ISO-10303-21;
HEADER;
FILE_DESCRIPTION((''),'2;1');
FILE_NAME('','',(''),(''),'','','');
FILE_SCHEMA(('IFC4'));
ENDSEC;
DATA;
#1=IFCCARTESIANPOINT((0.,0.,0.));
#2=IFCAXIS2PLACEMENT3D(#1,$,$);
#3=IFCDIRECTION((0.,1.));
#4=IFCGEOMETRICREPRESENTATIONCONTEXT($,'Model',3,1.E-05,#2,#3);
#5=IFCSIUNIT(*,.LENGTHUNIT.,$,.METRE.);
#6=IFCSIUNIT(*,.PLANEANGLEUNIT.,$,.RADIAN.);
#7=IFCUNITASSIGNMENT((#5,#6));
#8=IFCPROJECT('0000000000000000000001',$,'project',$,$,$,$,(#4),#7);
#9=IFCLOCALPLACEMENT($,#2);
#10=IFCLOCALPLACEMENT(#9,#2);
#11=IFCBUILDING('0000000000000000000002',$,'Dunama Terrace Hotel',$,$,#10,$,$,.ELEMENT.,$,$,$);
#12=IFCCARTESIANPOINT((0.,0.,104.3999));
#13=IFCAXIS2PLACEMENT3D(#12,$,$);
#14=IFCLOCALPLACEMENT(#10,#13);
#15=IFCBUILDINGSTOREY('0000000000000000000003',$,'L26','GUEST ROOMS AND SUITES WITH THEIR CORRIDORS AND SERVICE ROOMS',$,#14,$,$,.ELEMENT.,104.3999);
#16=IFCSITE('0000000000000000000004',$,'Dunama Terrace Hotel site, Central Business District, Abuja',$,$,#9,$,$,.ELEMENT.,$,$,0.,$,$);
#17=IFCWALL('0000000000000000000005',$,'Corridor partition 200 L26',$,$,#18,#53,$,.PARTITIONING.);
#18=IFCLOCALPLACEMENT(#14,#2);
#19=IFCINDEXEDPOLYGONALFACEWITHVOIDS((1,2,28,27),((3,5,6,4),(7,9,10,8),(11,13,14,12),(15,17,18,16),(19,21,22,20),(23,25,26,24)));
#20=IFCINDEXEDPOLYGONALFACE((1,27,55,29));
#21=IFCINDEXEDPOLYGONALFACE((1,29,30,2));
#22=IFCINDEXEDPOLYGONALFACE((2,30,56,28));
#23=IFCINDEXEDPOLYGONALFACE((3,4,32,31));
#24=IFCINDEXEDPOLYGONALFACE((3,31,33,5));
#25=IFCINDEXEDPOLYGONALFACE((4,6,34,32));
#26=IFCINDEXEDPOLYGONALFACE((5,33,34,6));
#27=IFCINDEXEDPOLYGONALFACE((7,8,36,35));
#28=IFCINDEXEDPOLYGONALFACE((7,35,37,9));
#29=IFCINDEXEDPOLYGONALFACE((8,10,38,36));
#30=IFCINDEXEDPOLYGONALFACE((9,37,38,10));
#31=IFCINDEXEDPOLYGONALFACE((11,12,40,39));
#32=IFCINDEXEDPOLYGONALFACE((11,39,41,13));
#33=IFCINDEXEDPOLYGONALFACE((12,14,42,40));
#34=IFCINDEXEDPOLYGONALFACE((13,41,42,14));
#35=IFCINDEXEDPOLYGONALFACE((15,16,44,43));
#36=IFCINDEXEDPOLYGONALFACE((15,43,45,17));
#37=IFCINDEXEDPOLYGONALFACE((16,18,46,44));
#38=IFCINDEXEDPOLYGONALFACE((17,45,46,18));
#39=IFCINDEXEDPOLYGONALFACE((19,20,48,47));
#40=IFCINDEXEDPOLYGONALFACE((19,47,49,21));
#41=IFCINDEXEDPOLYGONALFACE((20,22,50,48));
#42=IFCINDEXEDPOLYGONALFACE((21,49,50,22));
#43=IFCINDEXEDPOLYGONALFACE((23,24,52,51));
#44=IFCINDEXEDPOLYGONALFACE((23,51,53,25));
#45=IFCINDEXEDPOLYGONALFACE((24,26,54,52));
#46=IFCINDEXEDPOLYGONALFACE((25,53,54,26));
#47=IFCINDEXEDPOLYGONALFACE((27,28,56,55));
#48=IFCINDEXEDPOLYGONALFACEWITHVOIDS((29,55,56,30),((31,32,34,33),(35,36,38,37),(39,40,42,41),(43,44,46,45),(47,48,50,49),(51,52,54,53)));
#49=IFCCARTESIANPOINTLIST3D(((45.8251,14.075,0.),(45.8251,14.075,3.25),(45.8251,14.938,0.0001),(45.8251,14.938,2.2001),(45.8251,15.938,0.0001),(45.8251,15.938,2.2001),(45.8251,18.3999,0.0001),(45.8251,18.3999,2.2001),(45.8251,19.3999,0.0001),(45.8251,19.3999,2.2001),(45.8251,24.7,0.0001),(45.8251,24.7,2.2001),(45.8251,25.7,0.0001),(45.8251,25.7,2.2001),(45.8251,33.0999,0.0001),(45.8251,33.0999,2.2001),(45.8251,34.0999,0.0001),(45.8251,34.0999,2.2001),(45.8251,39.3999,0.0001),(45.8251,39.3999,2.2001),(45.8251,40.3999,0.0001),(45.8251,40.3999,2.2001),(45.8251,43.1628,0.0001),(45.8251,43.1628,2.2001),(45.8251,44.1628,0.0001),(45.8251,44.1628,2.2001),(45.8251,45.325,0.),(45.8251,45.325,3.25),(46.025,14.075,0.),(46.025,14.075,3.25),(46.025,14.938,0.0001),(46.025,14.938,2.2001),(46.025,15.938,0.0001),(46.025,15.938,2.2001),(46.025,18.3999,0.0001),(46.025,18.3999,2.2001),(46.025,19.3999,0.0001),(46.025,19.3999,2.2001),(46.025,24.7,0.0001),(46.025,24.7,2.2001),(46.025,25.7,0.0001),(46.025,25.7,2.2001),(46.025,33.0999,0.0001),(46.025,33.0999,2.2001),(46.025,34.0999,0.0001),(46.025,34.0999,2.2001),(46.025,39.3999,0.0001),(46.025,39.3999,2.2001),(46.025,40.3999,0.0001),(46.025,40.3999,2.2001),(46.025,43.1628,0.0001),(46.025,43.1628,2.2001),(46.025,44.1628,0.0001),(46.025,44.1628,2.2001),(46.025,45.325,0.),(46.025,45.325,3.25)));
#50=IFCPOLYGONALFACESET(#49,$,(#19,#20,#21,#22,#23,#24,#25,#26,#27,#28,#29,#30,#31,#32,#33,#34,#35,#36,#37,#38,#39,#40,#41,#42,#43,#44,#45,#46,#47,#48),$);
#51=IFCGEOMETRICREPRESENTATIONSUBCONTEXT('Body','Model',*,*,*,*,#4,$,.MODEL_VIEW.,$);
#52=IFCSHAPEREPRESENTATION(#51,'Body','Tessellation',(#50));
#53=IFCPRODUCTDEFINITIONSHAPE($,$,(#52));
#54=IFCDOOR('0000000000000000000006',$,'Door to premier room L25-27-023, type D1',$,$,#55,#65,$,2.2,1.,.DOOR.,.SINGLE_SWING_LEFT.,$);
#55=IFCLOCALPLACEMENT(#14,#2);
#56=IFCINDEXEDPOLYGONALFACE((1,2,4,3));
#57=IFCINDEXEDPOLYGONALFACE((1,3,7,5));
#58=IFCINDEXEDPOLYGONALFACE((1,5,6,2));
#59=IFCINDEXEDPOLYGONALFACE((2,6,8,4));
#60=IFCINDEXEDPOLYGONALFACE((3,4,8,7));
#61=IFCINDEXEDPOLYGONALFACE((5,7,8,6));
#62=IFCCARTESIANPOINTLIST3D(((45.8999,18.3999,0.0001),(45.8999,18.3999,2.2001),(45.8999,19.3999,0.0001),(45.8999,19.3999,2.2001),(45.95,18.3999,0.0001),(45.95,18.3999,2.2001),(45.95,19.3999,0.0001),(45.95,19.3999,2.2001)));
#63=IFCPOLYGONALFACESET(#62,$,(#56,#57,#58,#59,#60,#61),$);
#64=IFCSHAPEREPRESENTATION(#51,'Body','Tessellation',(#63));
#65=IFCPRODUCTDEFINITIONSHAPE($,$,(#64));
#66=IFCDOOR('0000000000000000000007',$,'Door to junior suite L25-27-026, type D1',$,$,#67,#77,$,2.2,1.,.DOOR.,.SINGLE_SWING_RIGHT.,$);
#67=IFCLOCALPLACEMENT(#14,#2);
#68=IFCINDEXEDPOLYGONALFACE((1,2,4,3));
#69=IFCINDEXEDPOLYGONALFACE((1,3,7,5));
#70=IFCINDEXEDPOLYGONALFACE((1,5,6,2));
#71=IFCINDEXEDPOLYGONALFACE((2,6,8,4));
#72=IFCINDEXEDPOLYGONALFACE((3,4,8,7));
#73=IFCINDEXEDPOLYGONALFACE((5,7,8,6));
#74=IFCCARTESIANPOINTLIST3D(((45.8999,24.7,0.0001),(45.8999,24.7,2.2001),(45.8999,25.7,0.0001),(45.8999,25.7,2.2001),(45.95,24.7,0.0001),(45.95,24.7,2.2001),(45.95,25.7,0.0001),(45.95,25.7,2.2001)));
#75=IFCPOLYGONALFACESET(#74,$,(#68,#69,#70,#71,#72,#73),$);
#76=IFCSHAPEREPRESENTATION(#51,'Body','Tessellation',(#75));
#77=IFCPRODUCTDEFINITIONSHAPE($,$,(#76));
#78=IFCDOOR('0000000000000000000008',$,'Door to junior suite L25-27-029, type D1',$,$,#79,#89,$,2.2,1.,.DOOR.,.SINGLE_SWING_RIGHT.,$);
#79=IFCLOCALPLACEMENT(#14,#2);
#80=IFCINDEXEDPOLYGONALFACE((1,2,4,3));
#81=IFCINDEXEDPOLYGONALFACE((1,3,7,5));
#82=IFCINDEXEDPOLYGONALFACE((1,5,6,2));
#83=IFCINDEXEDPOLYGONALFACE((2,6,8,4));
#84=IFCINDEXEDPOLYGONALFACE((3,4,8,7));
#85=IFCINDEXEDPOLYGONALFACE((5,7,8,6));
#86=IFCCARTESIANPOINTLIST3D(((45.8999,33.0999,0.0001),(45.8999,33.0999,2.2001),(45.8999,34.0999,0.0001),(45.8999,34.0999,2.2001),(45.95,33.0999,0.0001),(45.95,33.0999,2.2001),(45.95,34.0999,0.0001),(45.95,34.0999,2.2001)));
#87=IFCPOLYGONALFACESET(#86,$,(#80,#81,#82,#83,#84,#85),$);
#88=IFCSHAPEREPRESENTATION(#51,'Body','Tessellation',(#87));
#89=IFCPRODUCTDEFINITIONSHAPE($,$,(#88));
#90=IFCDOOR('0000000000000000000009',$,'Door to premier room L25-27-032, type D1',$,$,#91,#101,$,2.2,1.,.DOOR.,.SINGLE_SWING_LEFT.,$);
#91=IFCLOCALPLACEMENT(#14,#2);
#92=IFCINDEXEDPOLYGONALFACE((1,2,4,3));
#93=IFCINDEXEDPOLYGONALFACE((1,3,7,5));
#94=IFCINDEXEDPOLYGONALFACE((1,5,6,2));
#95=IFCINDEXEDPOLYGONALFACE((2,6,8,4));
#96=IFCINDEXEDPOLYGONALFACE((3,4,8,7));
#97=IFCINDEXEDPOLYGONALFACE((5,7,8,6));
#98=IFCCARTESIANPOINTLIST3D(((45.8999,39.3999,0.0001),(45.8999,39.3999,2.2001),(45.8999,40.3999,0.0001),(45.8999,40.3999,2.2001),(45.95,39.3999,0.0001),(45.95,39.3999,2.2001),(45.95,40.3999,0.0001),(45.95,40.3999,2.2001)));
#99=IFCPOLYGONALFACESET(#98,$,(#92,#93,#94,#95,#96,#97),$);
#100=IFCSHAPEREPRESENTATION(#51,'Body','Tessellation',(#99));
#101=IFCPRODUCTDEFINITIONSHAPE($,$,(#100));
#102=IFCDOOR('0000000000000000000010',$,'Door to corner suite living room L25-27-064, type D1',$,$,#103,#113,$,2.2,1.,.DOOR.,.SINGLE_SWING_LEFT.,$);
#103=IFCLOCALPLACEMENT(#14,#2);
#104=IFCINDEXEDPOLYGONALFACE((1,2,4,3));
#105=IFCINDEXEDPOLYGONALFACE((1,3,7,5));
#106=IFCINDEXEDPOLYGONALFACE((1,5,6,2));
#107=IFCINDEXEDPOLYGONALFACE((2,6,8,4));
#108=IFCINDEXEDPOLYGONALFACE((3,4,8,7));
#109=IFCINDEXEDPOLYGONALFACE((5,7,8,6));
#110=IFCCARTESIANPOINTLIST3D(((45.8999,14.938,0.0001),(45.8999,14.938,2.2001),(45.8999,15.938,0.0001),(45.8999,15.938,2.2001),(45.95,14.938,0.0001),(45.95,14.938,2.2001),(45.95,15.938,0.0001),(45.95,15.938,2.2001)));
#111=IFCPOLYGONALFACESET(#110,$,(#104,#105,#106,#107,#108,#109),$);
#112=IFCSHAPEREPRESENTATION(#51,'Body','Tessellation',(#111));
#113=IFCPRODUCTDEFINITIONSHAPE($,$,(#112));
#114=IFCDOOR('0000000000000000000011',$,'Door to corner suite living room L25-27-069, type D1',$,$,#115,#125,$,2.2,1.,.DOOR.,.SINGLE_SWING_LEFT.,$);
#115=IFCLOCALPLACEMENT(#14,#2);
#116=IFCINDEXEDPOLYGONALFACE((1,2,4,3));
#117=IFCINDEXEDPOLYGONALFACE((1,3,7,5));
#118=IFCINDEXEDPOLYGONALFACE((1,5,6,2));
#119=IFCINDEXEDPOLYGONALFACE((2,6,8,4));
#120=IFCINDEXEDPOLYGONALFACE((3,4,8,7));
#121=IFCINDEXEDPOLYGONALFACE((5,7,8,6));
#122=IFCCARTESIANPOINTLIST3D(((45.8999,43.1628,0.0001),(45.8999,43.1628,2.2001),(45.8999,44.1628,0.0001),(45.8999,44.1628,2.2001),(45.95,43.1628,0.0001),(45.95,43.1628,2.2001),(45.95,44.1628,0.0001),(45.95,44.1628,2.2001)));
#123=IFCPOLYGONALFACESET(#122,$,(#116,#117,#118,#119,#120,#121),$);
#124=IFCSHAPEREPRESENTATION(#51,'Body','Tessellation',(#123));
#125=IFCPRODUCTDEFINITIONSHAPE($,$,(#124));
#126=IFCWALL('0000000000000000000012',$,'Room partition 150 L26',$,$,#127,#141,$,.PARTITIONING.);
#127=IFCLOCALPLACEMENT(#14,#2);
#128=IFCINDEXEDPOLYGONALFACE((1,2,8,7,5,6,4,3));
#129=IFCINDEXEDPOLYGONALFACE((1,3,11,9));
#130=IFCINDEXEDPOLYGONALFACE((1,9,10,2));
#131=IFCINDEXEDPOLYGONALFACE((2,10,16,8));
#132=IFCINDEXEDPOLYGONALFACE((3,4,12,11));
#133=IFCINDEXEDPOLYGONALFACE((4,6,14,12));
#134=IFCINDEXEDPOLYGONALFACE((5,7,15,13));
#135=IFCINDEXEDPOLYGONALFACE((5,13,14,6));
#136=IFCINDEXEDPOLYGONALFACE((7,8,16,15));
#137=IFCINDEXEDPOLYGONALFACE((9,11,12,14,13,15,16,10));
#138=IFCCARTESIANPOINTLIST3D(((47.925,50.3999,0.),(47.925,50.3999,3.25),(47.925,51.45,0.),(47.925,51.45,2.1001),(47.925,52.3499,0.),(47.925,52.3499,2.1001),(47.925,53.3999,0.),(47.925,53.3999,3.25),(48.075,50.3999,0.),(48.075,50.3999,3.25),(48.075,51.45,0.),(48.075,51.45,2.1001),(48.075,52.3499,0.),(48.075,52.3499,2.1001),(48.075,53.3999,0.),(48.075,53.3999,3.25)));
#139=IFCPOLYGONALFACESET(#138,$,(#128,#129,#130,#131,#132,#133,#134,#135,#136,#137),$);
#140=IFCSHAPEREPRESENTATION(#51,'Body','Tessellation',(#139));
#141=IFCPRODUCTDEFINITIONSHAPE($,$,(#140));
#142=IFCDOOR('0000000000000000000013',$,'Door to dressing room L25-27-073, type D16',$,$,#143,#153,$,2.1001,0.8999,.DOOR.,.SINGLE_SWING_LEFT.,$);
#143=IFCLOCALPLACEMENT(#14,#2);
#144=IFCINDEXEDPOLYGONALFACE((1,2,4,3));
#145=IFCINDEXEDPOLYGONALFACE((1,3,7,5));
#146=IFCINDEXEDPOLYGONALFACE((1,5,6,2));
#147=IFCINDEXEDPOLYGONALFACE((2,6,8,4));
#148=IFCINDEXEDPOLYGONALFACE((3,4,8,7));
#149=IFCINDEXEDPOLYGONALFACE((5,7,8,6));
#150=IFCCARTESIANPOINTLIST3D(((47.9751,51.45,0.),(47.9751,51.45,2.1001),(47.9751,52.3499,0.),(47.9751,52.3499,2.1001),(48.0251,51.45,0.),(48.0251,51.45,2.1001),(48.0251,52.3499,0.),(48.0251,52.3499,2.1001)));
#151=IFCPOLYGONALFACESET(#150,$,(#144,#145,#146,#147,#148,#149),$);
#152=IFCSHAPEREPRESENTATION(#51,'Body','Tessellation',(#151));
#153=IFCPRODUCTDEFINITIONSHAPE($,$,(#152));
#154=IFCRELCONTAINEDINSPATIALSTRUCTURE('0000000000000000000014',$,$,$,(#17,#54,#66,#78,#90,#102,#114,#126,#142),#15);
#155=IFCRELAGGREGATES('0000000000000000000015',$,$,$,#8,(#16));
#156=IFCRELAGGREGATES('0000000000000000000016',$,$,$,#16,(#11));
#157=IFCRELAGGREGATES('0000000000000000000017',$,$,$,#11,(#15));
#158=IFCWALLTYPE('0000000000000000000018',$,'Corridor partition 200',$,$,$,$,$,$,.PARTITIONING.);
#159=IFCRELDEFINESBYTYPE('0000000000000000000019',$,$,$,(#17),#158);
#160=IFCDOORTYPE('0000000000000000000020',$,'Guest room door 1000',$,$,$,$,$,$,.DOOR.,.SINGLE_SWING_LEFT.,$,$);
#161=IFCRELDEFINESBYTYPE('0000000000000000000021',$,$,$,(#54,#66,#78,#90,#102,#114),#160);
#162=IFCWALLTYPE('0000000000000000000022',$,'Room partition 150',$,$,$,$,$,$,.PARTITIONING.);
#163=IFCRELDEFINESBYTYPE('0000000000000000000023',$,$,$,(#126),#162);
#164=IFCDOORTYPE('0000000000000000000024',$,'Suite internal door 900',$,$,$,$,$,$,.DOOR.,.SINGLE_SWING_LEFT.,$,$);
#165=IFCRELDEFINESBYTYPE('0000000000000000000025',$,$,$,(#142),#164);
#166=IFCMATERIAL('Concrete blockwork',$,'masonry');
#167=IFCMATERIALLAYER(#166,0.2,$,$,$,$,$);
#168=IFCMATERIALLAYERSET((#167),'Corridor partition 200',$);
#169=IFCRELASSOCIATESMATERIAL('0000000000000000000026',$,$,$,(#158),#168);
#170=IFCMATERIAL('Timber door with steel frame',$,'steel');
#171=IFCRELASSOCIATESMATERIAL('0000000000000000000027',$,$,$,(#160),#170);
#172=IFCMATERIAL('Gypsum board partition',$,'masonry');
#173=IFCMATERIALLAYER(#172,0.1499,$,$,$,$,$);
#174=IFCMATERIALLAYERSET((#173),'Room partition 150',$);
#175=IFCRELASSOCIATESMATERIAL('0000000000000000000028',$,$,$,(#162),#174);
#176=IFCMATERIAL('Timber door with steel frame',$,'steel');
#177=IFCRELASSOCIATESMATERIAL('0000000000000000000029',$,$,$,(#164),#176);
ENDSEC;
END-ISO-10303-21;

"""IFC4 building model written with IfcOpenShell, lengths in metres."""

from ifc_helpers import new_model, si_unit, direction, frame, frame_2d, origin, place, context, subcontext, project, spatial, rectangle, extrude, material, layer, layer_set, type_object, element, fill, save


model = new_model("IFC4")

# Units and contexts
model_context = context("Model", 3, precision=1e-05, world=origin(), true_north=direction((0.0, 1.0)))
body_context = subcontext(model_context, "Body", "Model", "MODEL_VIEW")
ifc_project = project(units=[si_unit("LENGTHUNIT", "METRE"), si_unit("PLANEANGLEUNIT", "RADIAN")], contexts=[model_context])

# Site, building, storey
site_placement = place(None, origin())
site = spatial("IfcSite", under=ifc_project, at=site_placement, Name="Dunama Terrace Hotel site, Central Business District, Abuja", CompositionType="ELEMENT", RefElevation=0.0)
building_placement = place(site_placement, origin())
building = spatial("IfcBuilding", under=site, at=building_placement, Name="Dunama Terrace Hotel", CompositionType="ELEMENT")
storey_placement = place(building_placement, frame((0.0, 0.0, 104.3999)))
storey = spatial("IfcBuildingStorey", under=building, at=storey_placement, Name="L26", Description="GUEST ROOMS AND SUITES WITH THEIR CORRIDORS AND SERVICE ROOMS", CompositionType="ELEMENT", Elevation=104.3999)

# Wall, openings, doors
ifc_material_1 = material(Name="Concrete blockwork", Category="masonry")
ifc_layer_1 = layer(ifc_material_1, 0.2)
ifc_layer_set_1 = layer_set([ifc_layer_1], Name="Corridor partition 200")
wall_type_1 = type_object("IfcWallType", Name="Corridor partition 200", PredefinedType="PARTITIONING", material=ifc_layer_set_1)
wall_1_placement = place(storey_placement, frame((45.925, 45.325, 0.0), z_axis=(0.0, 0.0, 1.0), x_axis=(0.0, -1.0, 0.0)))
wall_1 = element("IfcWall", 1, at=wall_1_placement, inside=storey, type_object=wall_type_1, Name="Corridor partition 200 L26", PredefinedType="PARTITIONING", context=body_context, shape_type="SweptSolid", body=[
    extrude(rectangle(XDim=31.25, YDim=0.2, at=frame_2d((15.625, 0.0))), origin(), (0.0, 0.0, 1.0), 3.25),
])
opening_1_placement = place(wall_1_placement, frame((25.925, 0.0, 0.0)))
opening_1 = element("IfcOpeningElement", 2, at=opening_1_placement, cuts=wall_1, PredefinedType="OPENING", context=body_context, shape_type="SweptSolid", body=[
    extrude(rectangle(XDim=1.0, YDim=2.2, at=frame_2d((0.5, 1.1001))), frame((0.0, 0.1099, 0.0), z_axis=(0.0, -1.0, 0.0), x_axis=(1.0, 0.0, 0.0)), (0.0, 0.0, 1.0), 0.22),
])
opening_2_placement = place(wall_1_placement, frame((19.625, 0.0, 0.0)))
opening_2 = element("IfcOpeningElement", 3, at=opening_2_placement, cuts=wall_1, PredefinedType="OPENING", context=body_context, shape_type="SweptSolid", body=[
    extrude(rectangle(XDim=1.0, YDim=2.2, at=frame_2d((0.5, 1.1001))), frame((0.0, 0.1099, 0.0), z_axis=(0.0, -1.0, 0.0), x_axis=(1.0, 0.0, 0.0)), (0.0, 0.0, 1.0), 0.22),
])
opening_3_placement = place(wall_1_placement, frame((11.2251, 0.0, 0.0)))
opening_3 = element("IfcOpeningElement", 4, at=opening_3_placement, cuts=wall_1, PredefinedType="OPENING", context=body_context, shape_type="SweptSolid", body=[
    extrude(rectangle(XDim=1.0, YDim=2.2, at=frame_2d((0.5, 1.1001))), frame((0.0, 0.1099, 0.0), z_axis=(0.0, -1.0, 0.0), x_axis=(1.0, 0.0, 0.0)), (0.0, 0.0, 1.0), 0.22),
])
opening_4_placement = place(wall_1_placement, frame((4.925, 0.0, 0.0)))
opening_4 = element("IfcOpeningElement", 5, at=opening_4_placement, cuts=wall_1, PredefinedType="OPENING", context=body_context, shape_type="SweptSolid", body=[
    extrude(rectangle(XDim=1.0, YDim=2.2, at=frame_2d((0.5, 1.1001))), frame((0.0, 0.1099, 0.0), z_axis=(0.0, -1.0, 0.0), x_axis=(1.0, 0.0, 0.0)), (0.0, 0.0, 1.0), 0.22),
])
opening_5_placement = place(wall_1_placement, frame((29.387, 0.0, 0.0)))
opening_5 = element("IfcOpeningElement", 6, at=opening_5_placement, cuts=wall_1, PredefinedType="OPENING", context=body_context, shape_type="SweptSolid", body=[
    extrude(rectangle(XDim=1.0, YDim=2.2, at=frame_2d((0.5, 1.1001))), frame((0.0, 0.1099, 0.0), z_axis=(0.0, -1.0, 0.0), x_axis=(1.0, 0.0, 0.0)), (0.0, 0.0, 1.0), 0.22),
])
opening_6_placement = place(wall_1_placement, frame((1.1621, 0.0, 0.0)))
opening_6 = element("IfcOpeningElement", 7, at=opening_6_placement, cuts=wall_1, PredefinedType="OPENING", context=body_context, shape_type="SweptSolid", body=[
    extrude(rectangle(XDim=1.0, YDim=2.2, at=frame_2d((0.5, 1.1001))), frame((0.0, 0.1099, 0.0), z_axis=(0.0, -1.0, 0.0), x_axis=(1.0, 0.0, 0.0)), (0.0, 0.0, 1.0), 0.22),
])
ifc_material_2 = material(Name="Timber door with steel frame", Category="steel")
door_type_1 = type_object("IfcDoorType", Name="Guest room door 1000", OperationType="SINGLE_SWING_LEFT", PredefinedType="DOOR", material=ifc_material_2)
door_1_placement = place(opening_1_placement, origin())
door_1 = element("IfcDoor", 8, at=door_1_placement, inside=storey, type_object=door_type_1, Name="Door to premier room L25-27-023, type D1", OperationType="SINGLE_SWING_LEFT", OverallHeight=2.2, OverallWidth=1.0, PredefinedType="DOOR", context=body_context, shape_type="SweptSolid", body=[
    extrude(rectangle(XDim=1.0, YDim=2.2, at=frame_2d((0.5, 1.1001))), frame((0.0, 0.0249, 0.0), z_axis=(0.0, -1.0, 0.0), x_axis=(1.0, 0.0, 0.0)), (0.0, 0.0, 1.0), 0.05),
])
fill(opening_1, door_1)
door_2_placement = place(opening_2_placement, origin())
door_2 = element("IfcDoor", 9, at=door_2_placement, inside=storey, type_object=door_type_1, Name="Door to junior suite L25-27-026, type D1", OperationType="SINGLE_SWING_RIGHT", OverallHeight=2.2, OverallWidth=1.0, PredefinedType="DOOR", context=body_context, shape_type="SweptSolid", body=[
    extrude(rectangle(XDim=1.0, YDim=2.2, at=frame_2d((0.5, 1.1001))), frame((0.0, 0.0249, 0.0), z_axis=(0.0, -1.0, 0.0), x_axis=(1.0, 0.0, 0.0)), (0.0, 0.0, 1.0), 0.05),
])
fill(opening_2, door_2)
door_3_placement = place(opening_3_placement, origin())
door_3 = element("IfcDoor", 10, at=door_3_placement, inside=storey, type_object=door_type_1, Name="Door to junior suite L25-27-029, type D1", OperationType="SINGLE_SWING_RIGHT", OverallHeight=2.2, OverallWidth=1.0, PredefinedType="DOOR", context=body_context, shape_type="SweptSolid", body=[
    extrude(rectangle(XDim=1.0, YDim=2.2, at=frame_2d((0.5, 1.1001))), frame((0.0, 0.0249, 0.0), z_axis=(0.0, -1.0, 0.0), x_axis=(1.0, 0.0, 0.0)), (0.0, 0.0, 1.0), 0.05),
])
fill(opening_3, door_3)
door_4_placement = place(opening_4_placement, origin())
door_4 = element("IfcDoor", 11, at=door_4_placement, inside=storey, type_object=door_type_1, Name="Door to premier room L25-27-032, type D1", OperationType="SINGLE_SWING_LEFT", OverallHeight=2.2, OverallWidth=1.0, PredefinedType="DOOR", context=body_context, shape_type="SweptSolid", body=[
    extrude(rectangle(XDim=1.0, YDim=2.2, at=frame_2d((0.5, 1.1001))), frame((0.0, 0.0249, 0.0), z_axis=(0.0, -1.0, 0.0), x_axis=(1.0, 0.0, 0.0)), (0.0, 0.0, 1.0), 0.05),
])
fill(opening_4, door_4)
door_5_placement = place(opening_5_placement, origin())
door_5 = element("IfcDoor", 12, at=door_5_placement, inside=storey, type_object=door_type_1, Name="Door to corner suite living room L25-27-064, type D1", OperationType="SINGLE_SWING_LEFT", OverallHeight=2.2, OverallWidth=1.0, PredefinedType="DOOR", context=body_context, shape_type="SweptSolid", body=[
    extrude(rectangle(XDim=1.0, YDim=2.2, at=frame_2d((0.5, 1.1001))), frame((0.0, 0.0249, 0.0), z_axis=(0.0, -1.0, 0.0), x_axis=(1.0, 0.0, 0.0)), (0.0, 0.0, 1.0), 0.05),
])
fill(opening_5, door_5)
door_6_placement = place(opening_6_placement, origin())
door_6 = element("IfcDoor", 13, at=door_6_placement, inside=storey, type_object=door_type_1, Name="Door to corner suite living room L25-27-069, type D1", OperationType="SINGLE_SWING_LEFT", OverallHeight=2.2, OverallWidth=1.0, PredefinedType="DOOR", context=body_context, shape_type="SweptSolid", body=[
    extrude(rectangle(XDim=1.0, YDim=2.2, at=frame_2d((0.5, 1.1001))), frame((0.0, 0.0249, 0.0), z_axis=(0.0, -1.0, 0.0), x_axis=(1.0, 0.0, 0.0)), (0.0, 0.0, 1.0), 0.05),
])
fill(opening_6, door_6)

# Wall, opening, door
ifc_material_3 = material(Name="Gypsum board partition", Category="masonry")
ifc_layer_2 = layer(ifc_material_3, 0.1499)
ifc_layer_set_2 = layer_set([ifc_layer_2], Name="Room partition 150")
wall_type_2 = type_object("IfcWallType", Name="Room partition 150", PredefinedType="PARTITIONING", material=ifc_layer_set_2)
wall_2_placement = place(storey_placement, frame((48.0, 50.3999, 0.0), z_axis=(0.0, 0.0, 1.0), x_axis=(0.0, 1.0, 0.0)))
wall_2 = element("IfcWall", 14, at=wall_2_placement, inside=storey, type_object=wall_type_2, Name="Room partition 150 L26", PredefinedType="PARTITIONING", context=body_context, shape_type="SweptSolid", body=[
    extrude(rectangle(XDim=3.0, YDim=0.1499, at=frame_2d((1.5, 0.0))), origin(), (0.0, 0.0, 1.0), 3.25),
])
opening_7_placement = place(wall_2_placement, frame((1.05, 0.0, 0.0)))
opening_7 = element("IfcOpeningElement", 15, at=opening_7_placement, cuts=wall_2, PredefinedType="OPENING", context=body_context, shape_type="SweptSolid", body=[
    extrude(rectangle(XDim=0.8999, YDim=2.1001, at=frame_2d((0.45, 1.05))), frame((0.0, 0.085, 0.0), z_axis=(0.0, -1.0, 0.0), x_axis=(1.0, 0.0, 0.0)), (0.0, 0.0, 1.0), 0.1699),
])
ifc_material_4 = material(Name="Timber door with steel frame", Category="steel")
door_type_2 = type_object("IfcDoorType", Name="Suite internal door 900", OperationType="SINGLE_SWING_LEFT", PredefinedType="DOOR", material=ifc_material_4)
door_7_placement = place(opening_7_placement, origin())
door_7 = element("IfcDoor", 16, at=door_7_placement, inside=storey, type_object=door_type_2, Name="Door to dressing room L25-27-073, type D16", OperationType="SINGLE_SWING_LEFT", OverallHeight=2.1001, OverallWidth=0.8999, PredefinedType="DOOR", context=body_context, shape_type="SweptSolid", body=[
    extrude(rectangle(XDim=0.8999, YDim=2.1001, at=frame_2d((0.45, 1.05))), frame((0.0, 0.0249, 0.0), z_axis=(0.0, -1.0, 0.0), x_axis=(1.0, 0.0, 0.0)), (0.0, 0.0, 1.0), 0.05),
])
fill(opening_7, door_7)

save(model, "model.ifc")
